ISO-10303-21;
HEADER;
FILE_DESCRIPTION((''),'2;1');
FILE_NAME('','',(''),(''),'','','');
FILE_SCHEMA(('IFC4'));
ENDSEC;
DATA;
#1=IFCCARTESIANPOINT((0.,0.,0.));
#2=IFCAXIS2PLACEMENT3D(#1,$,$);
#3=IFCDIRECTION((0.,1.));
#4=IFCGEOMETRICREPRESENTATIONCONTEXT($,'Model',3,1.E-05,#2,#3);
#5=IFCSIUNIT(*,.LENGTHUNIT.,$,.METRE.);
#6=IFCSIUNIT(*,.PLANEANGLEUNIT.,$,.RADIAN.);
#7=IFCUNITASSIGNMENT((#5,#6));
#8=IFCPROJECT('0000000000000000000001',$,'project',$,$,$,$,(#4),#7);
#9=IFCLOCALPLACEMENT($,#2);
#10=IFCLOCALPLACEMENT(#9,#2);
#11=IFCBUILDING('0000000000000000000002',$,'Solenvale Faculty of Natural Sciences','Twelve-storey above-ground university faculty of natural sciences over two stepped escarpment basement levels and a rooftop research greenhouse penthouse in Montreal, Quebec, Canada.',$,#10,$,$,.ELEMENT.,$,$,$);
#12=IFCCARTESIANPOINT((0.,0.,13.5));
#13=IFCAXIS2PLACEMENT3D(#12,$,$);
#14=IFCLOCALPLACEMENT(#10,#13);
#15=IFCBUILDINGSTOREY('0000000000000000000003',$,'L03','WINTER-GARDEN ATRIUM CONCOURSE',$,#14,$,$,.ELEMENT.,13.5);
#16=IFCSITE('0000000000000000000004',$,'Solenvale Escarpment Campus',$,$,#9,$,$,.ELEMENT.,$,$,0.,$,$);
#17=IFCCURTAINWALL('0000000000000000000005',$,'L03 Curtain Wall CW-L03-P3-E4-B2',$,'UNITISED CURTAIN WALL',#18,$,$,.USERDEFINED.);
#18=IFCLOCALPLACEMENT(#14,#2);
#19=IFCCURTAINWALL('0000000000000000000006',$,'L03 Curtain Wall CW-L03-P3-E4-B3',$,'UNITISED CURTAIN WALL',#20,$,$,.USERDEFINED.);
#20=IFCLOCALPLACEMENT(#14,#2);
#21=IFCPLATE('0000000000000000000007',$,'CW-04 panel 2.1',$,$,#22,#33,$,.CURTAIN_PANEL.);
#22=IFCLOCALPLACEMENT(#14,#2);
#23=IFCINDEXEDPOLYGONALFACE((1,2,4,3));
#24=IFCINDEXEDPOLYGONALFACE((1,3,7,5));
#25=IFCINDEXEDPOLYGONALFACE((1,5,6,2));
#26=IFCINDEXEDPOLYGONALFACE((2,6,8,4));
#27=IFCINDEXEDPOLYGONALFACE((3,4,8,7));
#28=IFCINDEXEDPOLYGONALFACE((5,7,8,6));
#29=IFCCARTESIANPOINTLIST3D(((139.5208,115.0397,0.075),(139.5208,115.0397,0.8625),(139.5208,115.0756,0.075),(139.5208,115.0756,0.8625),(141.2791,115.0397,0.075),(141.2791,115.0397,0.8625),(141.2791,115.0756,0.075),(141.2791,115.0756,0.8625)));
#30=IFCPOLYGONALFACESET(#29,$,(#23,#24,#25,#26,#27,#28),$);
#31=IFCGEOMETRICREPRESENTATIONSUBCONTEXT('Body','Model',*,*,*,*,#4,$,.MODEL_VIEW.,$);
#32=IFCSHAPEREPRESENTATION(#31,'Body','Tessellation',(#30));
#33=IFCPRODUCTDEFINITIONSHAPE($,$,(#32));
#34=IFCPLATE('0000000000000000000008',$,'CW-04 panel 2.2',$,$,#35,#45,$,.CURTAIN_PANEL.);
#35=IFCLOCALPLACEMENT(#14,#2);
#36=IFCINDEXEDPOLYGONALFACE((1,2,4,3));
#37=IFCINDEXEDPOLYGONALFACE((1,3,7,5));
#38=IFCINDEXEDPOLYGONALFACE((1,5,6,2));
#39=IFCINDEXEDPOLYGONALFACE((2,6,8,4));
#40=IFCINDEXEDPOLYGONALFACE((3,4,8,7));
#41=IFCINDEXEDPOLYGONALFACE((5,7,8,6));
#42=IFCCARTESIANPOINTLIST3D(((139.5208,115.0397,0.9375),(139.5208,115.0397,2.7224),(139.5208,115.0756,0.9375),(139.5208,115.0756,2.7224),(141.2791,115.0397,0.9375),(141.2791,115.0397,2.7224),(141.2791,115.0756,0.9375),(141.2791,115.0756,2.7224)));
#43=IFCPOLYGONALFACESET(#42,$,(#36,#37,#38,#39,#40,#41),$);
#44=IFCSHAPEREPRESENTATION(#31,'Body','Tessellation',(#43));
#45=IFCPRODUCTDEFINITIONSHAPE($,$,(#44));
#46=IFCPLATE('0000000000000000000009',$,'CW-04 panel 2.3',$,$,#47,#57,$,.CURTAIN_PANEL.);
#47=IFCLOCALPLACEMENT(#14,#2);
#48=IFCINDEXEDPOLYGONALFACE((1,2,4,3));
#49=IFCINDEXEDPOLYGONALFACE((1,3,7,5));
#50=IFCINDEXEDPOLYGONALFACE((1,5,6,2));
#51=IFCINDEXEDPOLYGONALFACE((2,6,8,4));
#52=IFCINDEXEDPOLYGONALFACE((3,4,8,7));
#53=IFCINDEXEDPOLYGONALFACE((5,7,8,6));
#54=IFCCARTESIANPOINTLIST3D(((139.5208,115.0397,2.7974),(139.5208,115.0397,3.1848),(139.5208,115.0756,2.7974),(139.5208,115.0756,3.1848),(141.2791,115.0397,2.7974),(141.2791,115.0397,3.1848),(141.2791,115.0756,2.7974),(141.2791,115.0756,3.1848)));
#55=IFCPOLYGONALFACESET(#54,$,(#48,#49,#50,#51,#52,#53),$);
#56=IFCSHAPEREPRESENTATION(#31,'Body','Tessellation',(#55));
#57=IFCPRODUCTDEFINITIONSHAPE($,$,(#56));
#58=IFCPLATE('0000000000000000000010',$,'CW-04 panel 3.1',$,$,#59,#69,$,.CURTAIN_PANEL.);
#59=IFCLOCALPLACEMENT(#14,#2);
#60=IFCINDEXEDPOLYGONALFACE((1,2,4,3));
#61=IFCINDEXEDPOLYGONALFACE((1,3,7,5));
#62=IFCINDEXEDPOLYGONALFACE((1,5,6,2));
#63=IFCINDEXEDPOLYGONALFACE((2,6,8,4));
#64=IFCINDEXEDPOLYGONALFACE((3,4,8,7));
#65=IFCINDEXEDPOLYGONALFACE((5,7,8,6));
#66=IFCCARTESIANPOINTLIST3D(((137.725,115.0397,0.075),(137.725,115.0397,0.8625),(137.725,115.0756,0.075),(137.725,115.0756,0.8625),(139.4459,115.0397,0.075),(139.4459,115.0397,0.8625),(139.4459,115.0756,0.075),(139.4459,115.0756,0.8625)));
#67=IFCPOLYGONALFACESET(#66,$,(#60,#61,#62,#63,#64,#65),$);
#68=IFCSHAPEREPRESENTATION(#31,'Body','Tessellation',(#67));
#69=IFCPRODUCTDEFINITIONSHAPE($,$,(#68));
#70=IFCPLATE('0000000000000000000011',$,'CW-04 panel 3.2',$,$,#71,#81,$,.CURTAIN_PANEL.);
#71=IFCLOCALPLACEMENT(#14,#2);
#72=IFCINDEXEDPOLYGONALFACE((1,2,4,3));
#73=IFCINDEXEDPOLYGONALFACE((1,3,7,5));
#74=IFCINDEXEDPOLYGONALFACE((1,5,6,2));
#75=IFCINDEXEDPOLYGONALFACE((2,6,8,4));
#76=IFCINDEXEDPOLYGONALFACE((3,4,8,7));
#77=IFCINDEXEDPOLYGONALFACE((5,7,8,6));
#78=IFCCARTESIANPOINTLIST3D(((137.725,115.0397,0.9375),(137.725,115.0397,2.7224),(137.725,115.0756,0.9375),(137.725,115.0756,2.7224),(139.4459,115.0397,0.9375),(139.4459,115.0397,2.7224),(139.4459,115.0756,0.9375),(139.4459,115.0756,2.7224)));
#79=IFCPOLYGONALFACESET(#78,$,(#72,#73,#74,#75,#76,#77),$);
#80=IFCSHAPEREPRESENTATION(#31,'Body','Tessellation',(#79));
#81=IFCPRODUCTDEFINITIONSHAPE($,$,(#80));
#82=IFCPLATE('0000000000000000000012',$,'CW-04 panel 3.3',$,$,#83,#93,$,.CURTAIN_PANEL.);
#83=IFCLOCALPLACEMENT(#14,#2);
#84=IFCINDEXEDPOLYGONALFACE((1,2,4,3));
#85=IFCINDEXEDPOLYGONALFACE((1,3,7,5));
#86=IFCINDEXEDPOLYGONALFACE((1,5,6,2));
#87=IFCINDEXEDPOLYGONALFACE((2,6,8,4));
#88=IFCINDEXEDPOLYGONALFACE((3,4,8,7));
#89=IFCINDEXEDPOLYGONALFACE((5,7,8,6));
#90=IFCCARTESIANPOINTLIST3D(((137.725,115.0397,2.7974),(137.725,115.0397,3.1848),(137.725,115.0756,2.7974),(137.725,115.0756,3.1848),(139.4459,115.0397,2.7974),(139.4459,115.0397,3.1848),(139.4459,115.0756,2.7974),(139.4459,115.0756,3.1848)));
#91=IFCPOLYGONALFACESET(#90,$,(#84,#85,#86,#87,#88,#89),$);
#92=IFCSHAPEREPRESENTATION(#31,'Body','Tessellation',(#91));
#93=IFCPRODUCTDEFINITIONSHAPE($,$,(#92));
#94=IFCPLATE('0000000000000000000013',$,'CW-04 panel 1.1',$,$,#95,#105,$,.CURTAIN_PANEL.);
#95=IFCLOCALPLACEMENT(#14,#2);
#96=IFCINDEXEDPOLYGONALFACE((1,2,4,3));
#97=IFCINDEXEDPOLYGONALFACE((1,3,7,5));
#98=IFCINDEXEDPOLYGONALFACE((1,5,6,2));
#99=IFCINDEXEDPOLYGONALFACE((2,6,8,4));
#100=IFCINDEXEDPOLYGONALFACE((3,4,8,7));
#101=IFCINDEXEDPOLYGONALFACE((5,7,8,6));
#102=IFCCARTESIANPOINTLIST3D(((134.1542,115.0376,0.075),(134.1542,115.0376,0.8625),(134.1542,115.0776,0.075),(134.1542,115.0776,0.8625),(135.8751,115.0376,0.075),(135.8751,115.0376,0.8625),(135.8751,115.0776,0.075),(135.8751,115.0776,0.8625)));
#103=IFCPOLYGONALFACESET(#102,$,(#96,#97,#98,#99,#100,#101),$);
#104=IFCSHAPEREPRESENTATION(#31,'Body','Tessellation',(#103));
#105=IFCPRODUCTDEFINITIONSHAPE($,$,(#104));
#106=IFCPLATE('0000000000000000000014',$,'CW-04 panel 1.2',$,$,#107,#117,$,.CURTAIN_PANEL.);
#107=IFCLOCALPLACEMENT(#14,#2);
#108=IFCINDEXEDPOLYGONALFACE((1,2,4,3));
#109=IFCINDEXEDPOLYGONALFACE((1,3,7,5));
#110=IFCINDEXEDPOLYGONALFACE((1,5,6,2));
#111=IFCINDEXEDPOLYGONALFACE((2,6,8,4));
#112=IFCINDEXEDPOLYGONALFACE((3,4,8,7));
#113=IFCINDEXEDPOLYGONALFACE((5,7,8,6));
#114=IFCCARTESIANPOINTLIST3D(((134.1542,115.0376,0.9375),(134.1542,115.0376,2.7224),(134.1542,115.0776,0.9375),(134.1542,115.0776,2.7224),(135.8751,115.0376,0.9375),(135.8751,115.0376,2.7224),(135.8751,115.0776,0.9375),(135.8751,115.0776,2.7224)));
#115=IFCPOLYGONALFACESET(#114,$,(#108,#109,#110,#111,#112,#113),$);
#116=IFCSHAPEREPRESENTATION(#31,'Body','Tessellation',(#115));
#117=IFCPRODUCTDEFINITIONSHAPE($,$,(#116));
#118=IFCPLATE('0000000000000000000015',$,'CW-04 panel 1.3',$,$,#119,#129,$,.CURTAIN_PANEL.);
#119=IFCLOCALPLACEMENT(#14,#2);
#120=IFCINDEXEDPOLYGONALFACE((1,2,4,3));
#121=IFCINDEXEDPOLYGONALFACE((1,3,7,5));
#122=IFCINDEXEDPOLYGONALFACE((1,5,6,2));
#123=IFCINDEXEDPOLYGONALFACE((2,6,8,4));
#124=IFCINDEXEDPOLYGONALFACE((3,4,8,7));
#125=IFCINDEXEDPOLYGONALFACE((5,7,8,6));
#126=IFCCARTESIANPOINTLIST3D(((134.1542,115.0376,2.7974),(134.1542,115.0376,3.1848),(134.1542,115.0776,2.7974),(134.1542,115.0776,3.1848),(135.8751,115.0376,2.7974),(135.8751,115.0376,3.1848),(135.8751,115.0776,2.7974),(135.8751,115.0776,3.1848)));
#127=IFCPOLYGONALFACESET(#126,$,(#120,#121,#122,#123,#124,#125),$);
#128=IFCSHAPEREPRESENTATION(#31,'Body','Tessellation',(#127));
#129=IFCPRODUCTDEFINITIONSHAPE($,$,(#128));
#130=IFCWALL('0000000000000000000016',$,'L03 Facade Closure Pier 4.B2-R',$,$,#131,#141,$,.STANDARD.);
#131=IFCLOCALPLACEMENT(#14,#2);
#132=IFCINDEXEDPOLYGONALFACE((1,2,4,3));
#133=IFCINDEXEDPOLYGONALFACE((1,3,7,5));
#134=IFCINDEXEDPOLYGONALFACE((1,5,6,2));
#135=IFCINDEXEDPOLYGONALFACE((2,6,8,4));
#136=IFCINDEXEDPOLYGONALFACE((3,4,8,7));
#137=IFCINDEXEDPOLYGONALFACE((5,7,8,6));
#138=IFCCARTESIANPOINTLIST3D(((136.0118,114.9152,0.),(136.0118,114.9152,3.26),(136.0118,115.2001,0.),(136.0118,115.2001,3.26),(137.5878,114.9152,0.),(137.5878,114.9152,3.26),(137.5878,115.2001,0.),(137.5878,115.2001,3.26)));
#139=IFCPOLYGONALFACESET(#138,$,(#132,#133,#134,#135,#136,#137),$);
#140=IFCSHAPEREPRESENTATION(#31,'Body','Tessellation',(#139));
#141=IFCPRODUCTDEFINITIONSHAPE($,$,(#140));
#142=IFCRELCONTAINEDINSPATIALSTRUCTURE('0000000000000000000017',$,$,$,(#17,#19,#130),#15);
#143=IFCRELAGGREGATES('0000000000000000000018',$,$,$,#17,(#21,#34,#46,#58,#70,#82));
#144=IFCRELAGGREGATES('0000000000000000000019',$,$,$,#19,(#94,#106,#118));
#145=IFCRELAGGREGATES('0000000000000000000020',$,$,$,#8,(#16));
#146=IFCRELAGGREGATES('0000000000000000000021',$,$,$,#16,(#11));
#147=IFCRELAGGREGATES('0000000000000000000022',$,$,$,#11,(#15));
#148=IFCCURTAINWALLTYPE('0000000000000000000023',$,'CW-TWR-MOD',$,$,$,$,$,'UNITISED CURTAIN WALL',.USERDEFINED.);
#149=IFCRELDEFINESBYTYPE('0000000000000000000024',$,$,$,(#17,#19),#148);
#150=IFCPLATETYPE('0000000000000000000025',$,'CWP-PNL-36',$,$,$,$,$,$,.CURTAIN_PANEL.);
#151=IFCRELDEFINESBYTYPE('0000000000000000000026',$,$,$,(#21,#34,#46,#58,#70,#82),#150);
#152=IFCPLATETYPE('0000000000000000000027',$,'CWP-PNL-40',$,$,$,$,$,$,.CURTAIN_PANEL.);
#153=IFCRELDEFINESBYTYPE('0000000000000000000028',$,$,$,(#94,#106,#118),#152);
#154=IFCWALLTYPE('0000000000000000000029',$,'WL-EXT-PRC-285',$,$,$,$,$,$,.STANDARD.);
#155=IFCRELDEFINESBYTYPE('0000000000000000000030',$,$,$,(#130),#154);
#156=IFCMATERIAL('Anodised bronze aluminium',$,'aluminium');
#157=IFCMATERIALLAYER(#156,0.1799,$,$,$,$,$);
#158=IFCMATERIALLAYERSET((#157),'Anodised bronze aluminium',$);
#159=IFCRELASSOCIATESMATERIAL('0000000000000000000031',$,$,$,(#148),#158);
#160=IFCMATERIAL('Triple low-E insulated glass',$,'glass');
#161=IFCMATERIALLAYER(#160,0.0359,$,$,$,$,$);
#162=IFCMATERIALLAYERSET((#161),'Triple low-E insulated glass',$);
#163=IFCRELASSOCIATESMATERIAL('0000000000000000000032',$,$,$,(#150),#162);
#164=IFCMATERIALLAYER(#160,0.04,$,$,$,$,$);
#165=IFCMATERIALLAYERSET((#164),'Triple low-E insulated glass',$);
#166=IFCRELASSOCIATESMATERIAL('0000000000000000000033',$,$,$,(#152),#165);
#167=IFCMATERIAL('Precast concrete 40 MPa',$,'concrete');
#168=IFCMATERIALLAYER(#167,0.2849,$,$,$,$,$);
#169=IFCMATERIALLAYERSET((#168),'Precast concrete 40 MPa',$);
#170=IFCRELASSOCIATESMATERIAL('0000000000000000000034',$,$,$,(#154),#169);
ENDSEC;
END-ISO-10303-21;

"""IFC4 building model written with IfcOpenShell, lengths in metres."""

from ifc_helpers import new_model, si_unit, direction, frame, frame_2d, origin, origin_2d, place, context, subcontext, project, spatial, rectangle, extrude, material, layer, layer_set, type_object, element, aggregate, save


model = new_model("IFC4")

# Units and contexts
model_context = context("Model", 3, precision=1e-05, world=origin(), true_north=direction((0.0, 1.0)))
body_context = subcontext(model_context, "Body", "Model", "MODEL_VIEW")
ifc_project = project(units=[si_unit("LENGTHUNIT", "METRE"), si_unit("PLANEANGLEUNIT", "RADIAN")], contexts=[model_context])

# Site, building, storey
site_placement = place(None, origin())
site = spatial("IfcSite", under=ifc_project, at=site_placement, Name="Solenvale Escarpment Campus", CompositionType="ELEMENT", RefElevation=0.0)
building_placement = place(site_placement, origin())
building = spatial("IfcBuilding", under=site, at=building_placement, Name="Solenvale Faculty of Natural Sciences", Description="Twelve-storey above-ground university faculty of natural sciences over two stepped escarpment basement levels and a rooftop research greenhouse penthouse in Montreal, Quebec, Canada.", CompositionType="ELEMENT")
storey_placement = place(building_placement, frame((0.0, 0.0, 13.5)))
storey = spatial("IfcBuildingStorey", under=building, at=storey_placement, Name="L03", Description="WINTER-GARDEN ATRIUM CONCOURSE", CompositionType="ELEMENT", Elevation=13.5)

# Shared definitions
ifc_material_1 = material(Name="Precast concrete 40 MPa", Category="concrete")

# Curtain wall
ifc_material_2 = material(Name="Anodised bronze aluminium", Category="aluminium")
ifc_layer_1 = layer(ifc_material_2, 0.1799)
ifc_layer_set_1 = layer_set([ifc_layer_1], Name="Anodised bronze aluminium")
curtain_wall_type = type_object("IfcCurtainWallType", Name="CW-TWR-MOD", ElementType="UNITISED CURTAIN WALL", PredefinedType="USERDEFINED", material=ifc_layer_set_1)
curtain_wall_1_placement = place(storey_placement, origin())
curtain_wall_1 = element("IfcCurtainWall", 1, at=curtain_wall_1_placement, inside=storey, type_object=curtain_wall_type, Name="L03 Curtain Wall CW-L03-P3-E4-B2", ObjectType="UNITISED CURTAIN WALL", PredefinedType="USERDEFINED")

# Curtain wall
curtain_wall_2_placement = place(storey_placement, origin())
curtain_wall_2 = element("IfcCurtainWall", 2, at=curtain_wall_2_placement, inside=storey, type_object=curtain_wall_type, Name="L03 Curtain Wall CW-L03-P3-E4-B3", ObjectType="UNITISED CURTAIN WALL", PredefinedType="USERDEFINED")

# Plates
ifc_material_3 = material(Name="Triple low-E insulated glass", Category="glass")
ifc_layer_2 = layer(ifc_material_3, 0.0359)
ifc_layer_set_2 = layer_set([ifc_layer_2], Name="Triple low-E insulated glass")
plate_type_1 = type_object("IfcPlateType", Name="CWP-PNL-36", PredefinedType="CURTAIN_PANEL", material=ifc_layer_set_2)
plate_1_placement = place(storey_placement, frame((140.3999, 115.0576, 0.075), z_axis=(0.0, 0.0, 1.0), x_axis=(-1.0, 0.0, 0.0)))
plate_1 = element("IfcPlate", 3, at=plate_1_placement, type_object=plate_type_1, Name="CW-04 panel 2.1", PredefinedType="CURTAIN_PANEL", context=body_context, shape_type="SweptSolid", body=[
    extrude(rectangle(XDim=1.7583, YDim=0.0359, at=origin_2d()), origin(), (0.0, 0.0, 1.0), 0.7876),
])
plate_2_placement = place(storey_placement, frame((140.3999, 115.0576, 0.9375), z_axis=(0.0, 0.0, 1.0), x_axis=(-1.0, 0.0, 0.0)))
plate_2 = element("IfcPlate", 4, at=plate_2_placement, type_object=plate_type_1, Name="CW-04 panel 2.2", PredefinedType="CURTAIN_PANEL", context=body_context, shape_type="SweptSolid", body=[
    extrude(rectangle(XDim=1.7583, YDim=0.0359, at=origin_2d()), origin(), (0.0, 0.0, 1.0), 1.7849),
])
plate_3_placement = place(storey_placement, frame((140.3999, 115.0576, 2.7974), z_axis=(0.0, 0.0, 1.0), x_axis=(-1.0, 0.0, 0.0)))
plate_3 = element("IfcPlate", 5, at=plate_3_placement, type_object=plate_type_1, Name="CW-04 panel 2.3", PredefinedType="CURTAIN_PANEL", context=body_context, shape_type="SweptSolid", body=[
    extrude(rectangle(XDim=1.7583, YDim=0.0359, at=origin_2d()), origin(), (0.0, 0.0, 1.0), 0.3875),
])
plate_4_placement = place(storey_placement, frame((138.5854, 115.0576, 0.075), z_axis=(0.0, 0.0, 1.0), x_axis=(-1.0, 0.0, 0.0)))
plate_4 = element("IfcPlate", 6, at=plate_4_placement, type_object=plate_type_1, Name="CW-04 panel 3.1", PredefinedType="CURTAIN_PANEL", context=body_context, shape_type="SweptSolid", body=[
    extrude(rectangle(XDim=1.7209, YDim=0.0359, at=origin_2d()), origin(), (0.0, 0.0, 1.0), 0.7876),
])
plate_5_placement = place(storey_placement, frame((138.5854, 115.0576, 0.9375), z_axis=(0.0, 0.0, 1.0), x_axis=(-1.0, 0.0, 0.0)))
plate_5 = element("IfcPlate", 7, at=plate_5_placement, type_object=plate_type_1, Name="CW-04 panel 3.2", PredefinedType="CURTAIN_PANEL", context=body_context, shape_type="SweptSolid", body=[
    extrude(rectangle(XDim=1.7209, YDim=0.0359, at=origin_2d()), origin(), (0.0, 0.0, 1.0), 1.7849),
])
plate_6_placement = place(storey_placement, frame((138.5854, 115.0576, 2.7974), z_axis=(0.0, 0.0, 1.0), x_axis=(-1.0, 0.0, 0.0)))
plate_6 = element("IfcPlate", 8, at=plate_6_placement, type_object=plate_type_1, Name="CW-04 panel 3.3", PredefinedType="CURTAIN_PANEL", context=body_context, shape_type="SweptSolid", body=[
    extrude(rectangle(XDim=1.7209, YDim=0.0359, at=origin_2d()), origin(), (0.0, 0.0, 1.0), 0.3875),
])
aggregate(curtain_wall_1, [plate_1, plate_2, plate_3, plate_4, plate_5, plate_6])
ifc_layer_3 = layer(ifc_material_3, 0.04)
ifc_layer_set_3 = layer_set([ifc_layer_3], Name="Triple low-E insulated glass")
plate_type_2 = type_object("IfcPlateType", Name="CWP-PNL-40", PredefinedType="CURTAIN_PANEL", material=ifc_layer_set_3)
plate_7_placement = place(storey_placement, frame((135.0146, 115.0576, 0.075), z_axis=(0.0, 0.0, 1.0), x_axis=(-1.0, 0.0, 0.0)))
plate_7 = element("IfcPlate", 9, at=plate_7_placement, type_object=plate_type_2, Name="CW-04 panel 1.1", PredefinedType="CURTAIN_PANEL", context=body_context, shape_type="SweptSolid", body=[
    extrude(rectangle(XDim=1.7209, YDim=0.04, at=origin_2d()), origin(), (0.0, 0.0, 1.0), 0.7876),
])
plate_8_placement = place(storey_placement, frame((135.0146, 115.0576, 0.9375), z_axis=(0.0, 0.0, 1.0), x_axis=(-1.0, 0.0, 0.0)))
plate_8 = element("IfcPlate", 10, at=plate_8_placement, type_object=plate_type_2, Name="CW-04 panel 1.2", PredefinedType="CURTAIN_PANEL", context=body_context, shape_type="SweptSolid", body=[
    extrude(rectangle(XDim=1.7209, YDim=0.04, at=origin_2d()), origin(), (0.0, 0.0, 1.0), 1.7849),
])
plate_9_placement = place(storey_placement, frame((135.0146, 115.0576, 2.7974), z_axis=(0.0, 0.0, 1.0), x_axis=(-1.0, 0.0, 0.0)))
plate_9 = element("IfcPlate", 11, at=plate_9_placement, type_object=plate_type_2, Name="CW-04 panel 1.3", PredefinedType="CURTAIN_PANEL", context=body_context, shape_type="SweptSolid", body=[
    extrude(rectangle(XDim=1.7209, YDim=0.04, at=origin_2d()), origin(), (0.0, 0.0, 1.0), 0.3875),
])
aggregate(curtain_wall_2, [plate_7, plate_8, plate_9])

# Wall
ifc_layer_4 = layer(ifc_material_1, 0.2849)
ifc_layer_set_4 = layer_set([ifc_layer_4], Name="Precast concrete 40 MPa")
wall_type = type_object("IfcWallType", Name="WL-EXT-PRC-285", PredefinedType="STANDARD", material=ifc_layer_set_4)
wall_placement = place(storey_placement, frame((137.5879, 115.0576, 0.0), z_axis=(0.0, 0.0, 1.0), x_axis=(-1.0, 0.0, 0.0)))
element("IfcWall", 12, at=wall_placement, inside=storey, type_object=wall_type, Name="L03 Facade Closure Pier 4.B2-R", PredefinedType="STANDARD", context=body_context, shape_type="SweptSolid", body=[
    extrude(rectangle(XDim=1.5759, YDim=0.2849, at=frame_2d((0.7881, 0.0))), origin(), (0.0, 0.0, 1.0), 3.26),
])

save(model, "model.ifc")
